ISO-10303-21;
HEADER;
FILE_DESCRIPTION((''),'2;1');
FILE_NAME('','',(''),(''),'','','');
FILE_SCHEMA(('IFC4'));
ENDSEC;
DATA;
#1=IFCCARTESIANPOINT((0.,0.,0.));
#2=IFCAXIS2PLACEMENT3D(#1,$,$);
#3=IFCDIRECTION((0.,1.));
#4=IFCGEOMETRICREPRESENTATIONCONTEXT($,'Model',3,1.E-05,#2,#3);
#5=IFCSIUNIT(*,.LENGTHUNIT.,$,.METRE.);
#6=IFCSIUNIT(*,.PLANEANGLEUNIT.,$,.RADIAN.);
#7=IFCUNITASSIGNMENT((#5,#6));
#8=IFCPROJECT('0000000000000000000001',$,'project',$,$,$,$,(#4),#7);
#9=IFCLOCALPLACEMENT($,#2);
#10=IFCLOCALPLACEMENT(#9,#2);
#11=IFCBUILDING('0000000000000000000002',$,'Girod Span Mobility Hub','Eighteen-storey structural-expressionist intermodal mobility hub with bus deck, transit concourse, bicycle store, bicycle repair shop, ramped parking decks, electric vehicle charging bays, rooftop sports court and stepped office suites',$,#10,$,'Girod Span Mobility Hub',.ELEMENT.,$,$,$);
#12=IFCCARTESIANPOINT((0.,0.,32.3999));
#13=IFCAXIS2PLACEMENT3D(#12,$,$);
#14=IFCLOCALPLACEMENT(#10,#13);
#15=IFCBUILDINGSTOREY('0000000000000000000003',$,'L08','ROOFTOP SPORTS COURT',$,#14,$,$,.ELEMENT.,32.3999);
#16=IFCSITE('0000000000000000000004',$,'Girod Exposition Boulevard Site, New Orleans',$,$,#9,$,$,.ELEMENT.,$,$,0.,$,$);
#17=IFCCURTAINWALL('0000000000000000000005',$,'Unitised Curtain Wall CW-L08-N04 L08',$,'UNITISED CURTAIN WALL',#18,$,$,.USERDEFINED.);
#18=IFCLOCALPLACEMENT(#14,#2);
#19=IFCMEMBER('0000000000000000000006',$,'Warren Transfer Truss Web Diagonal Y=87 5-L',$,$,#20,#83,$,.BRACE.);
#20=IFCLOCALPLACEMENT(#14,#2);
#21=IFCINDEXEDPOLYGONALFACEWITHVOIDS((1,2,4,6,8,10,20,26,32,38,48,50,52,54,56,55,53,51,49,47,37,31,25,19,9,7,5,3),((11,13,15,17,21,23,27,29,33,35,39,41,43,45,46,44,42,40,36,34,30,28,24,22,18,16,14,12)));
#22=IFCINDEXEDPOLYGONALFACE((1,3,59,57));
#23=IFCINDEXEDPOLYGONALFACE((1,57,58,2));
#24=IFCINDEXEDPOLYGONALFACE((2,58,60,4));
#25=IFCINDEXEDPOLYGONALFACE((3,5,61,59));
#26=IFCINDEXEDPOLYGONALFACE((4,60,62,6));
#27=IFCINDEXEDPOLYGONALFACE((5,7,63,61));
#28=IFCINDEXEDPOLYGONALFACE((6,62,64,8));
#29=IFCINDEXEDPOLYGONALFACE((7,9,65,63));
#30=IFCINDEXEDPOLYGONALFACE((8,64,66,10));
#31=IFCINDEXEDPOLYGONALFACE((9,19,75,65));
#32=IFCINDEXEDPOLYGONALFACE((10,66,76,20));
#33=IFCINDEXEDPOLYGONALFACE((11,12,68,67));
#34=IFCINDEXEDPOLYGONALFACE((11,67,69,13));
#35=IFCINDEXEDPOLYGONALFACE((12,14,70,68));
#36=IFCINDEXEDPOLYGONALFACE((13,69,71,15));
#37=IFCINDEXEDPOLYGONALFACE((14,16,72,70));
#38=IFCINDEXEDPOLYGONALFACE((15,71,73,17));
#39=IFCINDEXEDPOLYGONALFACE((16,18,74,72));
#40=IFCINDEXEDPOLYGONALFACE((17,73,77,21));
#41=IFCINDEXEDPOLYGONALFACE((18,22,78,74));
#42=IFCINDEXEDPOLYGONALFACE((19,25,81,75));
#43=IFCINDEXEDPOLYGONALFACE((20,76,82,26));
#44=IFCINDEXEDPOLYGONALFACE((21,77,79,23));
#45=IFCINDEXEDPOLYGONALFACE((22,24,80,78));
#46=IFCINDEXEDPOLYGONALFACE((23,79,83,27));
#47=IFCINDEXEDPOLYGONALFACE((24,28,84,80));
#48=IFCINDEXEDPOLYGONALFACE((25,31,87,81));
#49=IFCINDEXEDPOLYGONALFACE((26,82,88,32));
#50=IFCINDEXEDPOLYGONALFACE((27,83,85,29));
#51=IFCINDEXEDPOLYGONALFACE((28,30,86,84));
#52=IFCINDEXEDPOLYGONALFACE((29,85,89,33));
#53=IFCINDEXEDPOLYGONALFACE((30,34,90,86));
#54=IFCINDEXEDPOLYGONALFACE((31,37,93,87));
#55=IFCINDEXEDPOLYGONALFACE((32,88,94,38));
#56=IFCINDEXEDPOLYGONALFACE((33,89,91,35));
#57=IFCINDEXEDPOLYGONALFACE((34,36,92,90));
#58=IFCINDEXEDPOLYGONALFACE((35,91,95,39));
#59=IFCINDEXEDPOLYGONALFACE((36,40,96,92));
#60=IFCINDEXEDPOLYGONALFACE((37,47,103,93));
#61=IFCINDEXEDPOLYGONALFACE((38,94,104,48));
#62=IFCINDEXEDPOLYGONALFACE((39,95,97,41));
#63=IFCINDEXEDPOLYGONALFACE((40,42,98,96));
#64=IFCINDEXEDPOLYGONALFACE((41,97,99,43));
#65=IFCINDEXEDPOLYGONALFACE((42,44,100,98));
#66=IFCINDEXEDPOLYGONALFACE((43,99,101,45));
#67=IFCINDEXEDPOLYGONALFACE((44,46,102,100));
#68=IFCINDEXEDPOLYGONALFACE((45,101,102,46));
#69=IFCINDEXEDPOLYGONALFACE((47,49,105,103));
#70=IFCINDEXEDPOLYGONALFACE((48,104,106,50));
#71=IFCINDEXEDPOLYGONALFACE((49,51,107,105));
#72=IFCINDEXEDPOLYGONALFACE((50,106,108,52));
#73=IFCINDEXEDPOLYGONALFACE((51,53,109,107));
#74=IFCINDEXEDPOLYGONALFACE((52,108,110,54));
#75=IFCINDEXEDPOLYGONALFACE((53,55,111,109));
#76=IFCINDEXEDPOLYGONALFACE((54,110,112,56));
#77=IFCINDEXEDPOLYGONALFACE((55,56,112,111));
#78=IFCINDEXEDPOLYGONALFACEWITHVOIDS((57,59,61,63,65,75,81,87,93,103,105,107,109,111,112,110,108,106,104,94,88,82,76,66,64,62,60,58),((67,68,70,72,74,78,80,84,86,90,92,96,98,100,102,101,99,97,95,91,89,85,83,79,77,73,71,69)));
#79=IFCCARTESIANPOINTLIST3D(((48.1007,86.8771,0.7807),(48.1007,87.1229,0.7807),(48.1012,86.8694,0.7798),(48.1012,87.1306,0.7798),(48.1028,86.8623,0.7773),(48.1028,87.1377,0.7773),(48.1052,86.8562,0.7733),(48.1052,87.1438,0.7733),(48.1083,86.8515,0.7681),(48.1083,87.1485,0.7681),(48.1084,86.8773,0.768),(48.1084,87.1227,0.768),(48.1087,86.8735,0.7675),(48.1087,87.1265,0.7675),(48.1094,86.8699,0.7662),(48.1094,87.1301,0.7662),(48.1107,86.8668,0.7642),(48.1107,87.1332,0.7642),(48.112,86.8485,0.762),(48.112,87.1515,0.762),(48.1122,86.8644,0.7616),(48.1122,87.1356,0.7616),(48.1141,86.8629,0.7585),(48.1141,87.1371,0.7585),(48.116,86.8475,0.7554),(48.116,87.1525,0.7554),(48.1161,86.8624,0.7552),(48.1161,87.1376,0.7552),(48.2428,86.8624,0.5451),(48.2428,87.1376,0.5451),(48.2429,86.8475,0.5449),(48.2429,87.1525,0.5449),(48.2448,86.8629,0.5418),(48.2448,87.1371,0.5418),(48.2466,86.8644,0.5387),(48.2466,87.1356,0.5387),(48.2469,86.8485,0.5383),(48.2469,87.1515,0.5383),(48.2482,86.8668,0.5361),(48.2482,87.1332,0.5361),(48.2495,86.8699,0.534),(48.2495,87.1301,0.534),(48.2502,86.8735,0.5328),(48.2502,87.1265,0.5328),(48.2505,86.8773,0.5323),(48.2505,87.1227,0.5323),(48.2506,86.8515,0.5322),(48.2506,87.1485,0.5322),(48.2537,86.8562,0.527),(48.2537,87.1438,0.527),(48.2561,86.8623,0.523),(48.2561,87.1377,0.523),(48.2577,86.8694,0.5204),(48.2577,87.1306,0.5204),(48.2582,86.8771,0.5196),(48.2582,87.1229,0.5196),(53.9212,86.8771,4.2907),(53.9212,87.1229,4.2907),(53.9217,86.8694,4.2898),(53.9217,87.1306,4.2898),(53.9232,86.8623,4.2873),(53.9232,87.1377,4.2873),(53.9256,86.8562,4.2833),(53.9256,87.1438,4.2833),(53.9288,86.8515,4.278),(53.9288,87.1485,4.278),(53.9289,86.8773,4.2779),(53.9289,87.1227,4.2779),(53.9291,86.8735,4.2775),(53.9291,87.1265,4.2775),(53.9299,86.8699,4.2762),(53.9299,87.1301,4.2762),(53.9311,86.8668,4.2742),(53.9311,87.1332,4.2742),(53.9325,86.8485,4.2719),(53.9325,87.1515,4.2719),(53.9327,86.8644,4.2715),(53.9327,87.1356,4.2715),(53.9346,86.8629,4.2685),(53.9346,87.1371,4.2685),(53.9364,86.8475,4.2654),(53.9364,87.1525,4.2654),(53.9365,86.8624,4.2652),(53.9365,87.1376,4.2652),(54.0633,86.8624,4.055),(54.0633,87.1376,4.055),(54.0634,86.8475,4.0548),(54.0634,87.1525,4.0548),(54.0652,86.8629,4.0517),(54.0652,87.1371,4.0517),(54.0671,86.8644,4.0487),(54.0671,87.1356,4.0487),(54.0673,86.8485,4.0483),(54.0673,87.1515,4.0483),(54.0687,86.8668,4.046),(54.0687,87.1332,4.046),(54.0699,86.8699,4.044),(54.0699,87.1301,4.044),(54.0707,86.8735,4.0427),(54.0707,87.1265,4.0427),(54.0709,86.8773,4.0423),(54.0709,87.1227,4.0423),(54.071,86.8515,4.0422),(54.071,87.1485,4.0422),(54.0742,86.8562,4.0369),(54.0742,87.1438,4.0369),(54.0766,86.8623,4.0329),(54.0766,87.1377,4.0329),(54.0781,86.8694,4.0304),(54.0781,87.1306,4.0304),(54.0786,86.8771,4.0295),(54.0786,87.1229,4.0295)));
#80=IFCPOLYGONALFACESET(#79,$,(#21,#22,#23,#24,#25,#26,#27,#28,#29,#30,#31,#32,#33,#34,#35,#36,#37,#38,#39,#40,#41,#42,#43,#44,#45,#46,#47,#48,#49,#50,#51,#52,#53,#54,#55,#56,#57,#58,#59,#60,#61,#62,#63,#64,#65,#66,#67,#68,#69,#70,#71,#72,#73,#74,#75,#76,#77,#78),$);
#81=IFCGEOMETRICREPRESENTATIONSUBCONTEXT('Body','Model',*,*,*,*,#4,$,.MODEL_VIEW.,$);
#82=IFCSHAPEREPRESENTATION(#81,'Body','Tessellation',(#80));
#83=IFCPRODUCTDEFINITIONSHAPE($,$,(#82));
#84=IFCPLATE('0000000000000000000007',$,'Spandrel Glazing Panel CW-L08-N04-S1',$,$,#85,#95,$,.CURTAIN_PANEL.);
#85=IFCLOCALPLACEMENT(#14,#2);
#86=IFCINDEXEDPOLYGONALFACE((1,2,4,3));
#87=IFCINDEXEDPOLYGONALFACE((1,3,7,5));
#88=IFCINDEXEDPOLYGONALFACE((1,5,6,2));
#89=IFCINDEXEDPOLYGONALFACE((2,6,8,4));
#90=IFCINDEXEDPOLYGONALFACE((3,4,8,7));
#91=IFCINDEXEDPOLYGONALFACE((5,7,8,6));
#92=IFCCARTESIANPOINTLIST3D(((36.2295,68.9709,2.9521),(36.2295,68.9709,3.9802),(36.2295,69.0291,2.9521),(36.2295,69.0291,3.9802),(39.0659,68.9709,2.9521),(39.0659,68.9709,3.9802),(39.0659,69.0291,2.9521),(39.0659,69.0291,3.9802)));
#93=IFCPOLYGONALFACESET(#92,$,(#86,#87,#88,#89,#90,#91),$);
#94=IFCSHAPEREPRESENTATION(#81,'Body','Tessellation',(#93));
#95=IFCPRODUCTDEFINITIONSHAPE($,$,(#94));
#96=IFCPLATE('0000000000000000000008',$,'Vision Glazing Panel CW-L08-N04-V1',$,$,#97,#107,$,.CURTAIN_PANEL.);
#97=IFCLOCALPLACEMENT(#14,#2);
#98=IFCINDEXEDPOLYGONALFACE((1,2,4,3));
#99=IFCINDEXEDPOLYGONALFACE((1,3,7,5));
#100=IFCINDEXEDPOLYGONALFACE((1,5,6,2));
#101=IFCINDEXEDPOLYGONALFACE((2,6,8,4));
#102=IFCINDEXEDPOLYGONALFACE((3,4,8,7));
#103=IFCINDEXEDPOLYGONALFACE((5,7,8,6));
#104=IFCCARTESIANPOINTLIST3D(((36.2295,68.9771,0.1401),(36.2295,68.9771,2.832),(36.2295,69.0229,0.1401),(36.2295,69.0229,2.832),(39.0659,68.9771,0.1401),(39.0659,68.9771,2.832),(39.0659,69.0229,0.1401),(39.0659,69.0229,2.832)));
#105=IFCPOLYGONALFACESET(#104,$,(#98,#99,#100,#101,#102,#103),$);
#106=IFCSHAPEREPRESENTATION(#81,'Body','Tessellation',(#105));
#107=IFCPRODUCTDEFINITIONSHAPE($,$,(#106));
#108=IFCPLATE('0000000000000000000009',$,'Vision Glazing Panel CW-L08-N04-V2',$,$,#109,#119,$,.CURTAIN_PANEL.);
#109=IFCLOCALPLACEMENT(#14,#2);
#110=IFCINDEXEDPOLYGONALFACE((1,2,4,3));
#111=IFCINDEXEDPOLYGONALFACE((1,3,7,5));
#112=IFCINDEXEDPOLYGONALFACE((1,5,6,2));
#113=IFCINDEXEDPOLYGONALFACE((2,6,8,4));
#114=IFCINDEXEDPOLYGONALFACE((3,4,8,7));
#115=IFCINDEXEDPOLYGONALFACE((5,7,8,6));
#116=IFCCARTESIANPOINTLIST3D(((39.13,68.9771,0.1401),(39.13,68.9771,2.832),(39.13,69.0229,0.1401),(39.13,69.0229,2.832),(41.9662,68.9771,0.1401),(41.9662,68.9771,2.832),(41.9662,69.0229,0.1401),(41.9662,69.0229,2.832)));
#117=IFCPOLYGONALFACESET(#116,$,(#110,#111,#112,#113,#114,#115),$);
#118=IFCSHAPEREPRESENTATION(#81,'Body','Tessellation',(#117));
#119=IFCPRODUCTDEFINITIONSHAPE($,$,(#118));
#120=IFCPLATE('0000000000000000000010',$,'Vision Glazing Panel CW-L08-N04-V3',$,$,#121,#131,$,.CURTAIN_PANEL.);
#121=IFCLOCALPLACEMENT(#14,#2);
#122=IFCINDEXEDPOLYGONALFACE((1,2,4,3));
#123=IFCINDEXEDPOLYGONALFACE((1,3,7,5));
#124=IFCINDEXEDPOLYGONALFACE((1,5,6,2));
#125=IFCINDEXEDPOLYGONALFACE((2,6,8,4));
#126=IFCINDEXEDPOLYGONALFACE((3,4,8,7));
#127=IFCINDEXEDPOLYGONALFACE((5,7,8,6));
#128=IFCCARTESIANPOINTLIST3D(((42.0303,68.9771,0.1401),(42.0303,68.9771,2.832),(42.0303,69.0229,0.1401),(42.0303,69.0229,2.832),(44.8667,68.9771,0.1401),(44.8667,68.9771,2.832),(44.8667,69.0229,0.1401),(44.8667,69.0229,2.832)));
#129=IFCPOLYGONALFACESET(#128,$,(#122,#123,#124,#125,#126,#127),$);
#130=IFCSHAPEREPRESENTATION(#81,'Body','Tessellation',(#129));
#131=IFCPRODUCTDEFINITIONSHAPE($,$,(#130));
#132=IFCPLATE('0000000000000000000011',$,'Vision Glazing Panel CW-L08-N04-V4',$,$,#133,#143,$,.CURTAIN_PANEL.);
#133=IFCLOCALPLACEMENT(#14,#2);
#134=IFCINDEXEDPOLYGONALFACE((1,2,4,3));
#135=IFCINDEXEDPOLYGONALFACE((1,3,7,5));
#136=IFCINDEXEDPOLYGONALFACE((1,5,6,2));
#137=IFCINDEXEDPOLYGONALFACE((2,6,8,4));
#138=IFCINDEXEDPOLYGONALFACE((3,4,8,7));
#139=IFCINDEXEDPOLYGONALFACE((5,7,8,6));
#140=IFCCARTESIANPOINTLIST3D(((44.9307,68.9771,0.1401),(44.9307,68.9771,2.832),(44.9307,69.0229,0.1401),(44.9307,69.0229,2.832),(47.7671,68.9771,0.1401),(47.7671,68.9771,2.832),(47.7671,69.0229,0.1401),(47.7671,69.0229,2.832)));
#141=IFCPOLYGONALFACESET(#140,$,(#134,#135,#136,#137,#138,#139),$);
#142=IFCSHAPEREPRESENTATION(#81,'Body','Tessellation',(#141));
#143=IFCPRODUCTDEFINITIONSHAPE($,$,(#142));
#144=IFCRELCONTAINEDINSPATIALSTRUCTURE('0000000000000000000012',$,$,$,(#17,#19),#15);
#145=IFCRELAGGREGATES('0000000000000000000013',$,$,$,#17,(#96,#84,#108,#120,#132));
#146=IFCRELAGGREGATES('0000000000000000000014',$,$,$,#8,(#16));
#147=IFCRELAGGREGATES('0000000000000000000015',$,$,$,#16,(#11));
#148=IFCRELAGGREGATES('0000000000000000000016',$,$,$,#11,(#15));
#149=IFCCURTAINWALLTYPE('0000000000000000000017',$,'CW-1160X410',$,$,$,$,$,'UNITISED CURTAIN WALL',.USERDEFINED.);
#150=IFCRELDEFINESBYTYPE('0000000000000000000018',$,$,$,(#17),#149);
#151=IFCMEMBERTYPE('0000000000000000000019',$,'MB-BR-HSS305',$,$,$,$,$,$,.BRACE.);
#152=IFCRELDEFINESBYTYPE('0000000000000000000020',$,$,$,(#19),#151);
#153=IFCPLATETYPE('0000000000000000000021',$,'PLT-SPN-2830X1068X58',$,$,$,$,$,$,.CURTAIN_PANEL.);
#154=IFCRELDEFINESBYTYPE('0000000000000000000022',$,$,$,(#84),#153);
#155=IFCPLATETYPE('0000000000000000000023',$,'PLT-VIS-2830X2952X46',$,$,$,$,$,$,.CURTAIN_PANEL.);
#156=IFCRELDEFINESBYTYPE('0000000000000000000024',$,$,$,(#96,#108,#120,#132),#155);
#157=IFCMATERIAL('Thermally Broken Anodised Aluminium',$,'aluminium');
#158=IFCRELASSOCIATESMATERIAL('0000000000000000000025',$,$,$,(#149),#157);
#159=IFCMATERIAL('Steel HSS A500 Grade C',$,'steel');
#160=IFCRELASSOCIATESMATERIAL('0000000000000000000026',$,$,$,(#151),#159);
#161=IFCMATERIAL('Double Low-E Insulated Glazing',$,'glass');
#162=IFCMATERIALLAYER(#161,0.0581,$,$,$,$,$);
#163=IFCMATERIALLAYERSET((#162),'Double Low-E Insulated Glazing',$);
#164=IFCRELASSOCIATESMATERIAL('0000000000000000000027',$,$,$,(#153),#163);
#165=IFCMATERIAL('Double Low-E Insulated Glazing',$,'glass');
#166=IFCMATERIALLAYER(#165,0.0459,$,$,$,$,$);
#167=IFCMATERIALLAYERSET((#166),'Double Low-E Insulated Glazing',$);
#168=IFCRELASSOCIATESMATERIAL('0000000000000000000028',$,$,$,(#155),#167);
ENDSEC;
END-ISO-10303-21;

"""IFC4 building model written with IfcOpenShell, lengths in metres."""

from ifc_helpers import new_model, si_unit, direction, frame, origin, origin_2d, place, context, subcontext, project, spatial, rectangle, hollow_rectangle, extrude, material, layer, layer_set, material_profile, profile_set, type_object, element, aggregate, save


model = new_model("IFC4")

# Units and contexts
model_context = context("Model", 3, precision=1e-05, world=origin(), true_north=direction((0.0, 1.0)))
body_context = subcontext(model_context, "Body", "Model", "MODEL_VIEW")
ifc_project = project(units=[si_unit("LENGTHUNIT", "METRE"), si_unit("PLANEANGLEUNIT", "RADIAN")], contexts=[model_context])

# Site, building, storey
site_placement = place(None, origin())
site = spatial("IfcSite", under=ifc_project, at=site_placement, Name="Girod Exposition Boulevard Site, New Orleans", CompositionType="ELEMENT", RefElevation=0.0)
building_placement = place(site_placement, origin())
building = spatial("IfcBuilding", under=site, at=building_placement, Name="Girod Span Mobility Hub", Description="Eighteen-storey structural-expressionist intermodal mobility hub with bus deck, transit concourse, bicycle store, bicycle repair shop, ramped parking decks, electric vehicle charging bays, rooftop sports court and stepped office suites", LongName="Girod Span Mobility Hub", CompositionType="ELEMENT")
storey_placement = place(building_placement, frame((0.0, 0.0, 32.3999)))
storey = spatial("IfcBuildingStorey", under=building, at=storey_placement, Name="L08", Description="ROOFTOP SPORTS COURT", CompositionType="ELEMENT", Elevation=32.3999)

# Curtain wall
ifc_material_1 = material(Name="Thermally Broken Anodised Aluminium", Category="aluminium")
curtain_wall_type = type_object("IfcCurtainWallType", Name="CW-1160X410", ElementType="UNITISED CURTAIN WALL", PredefinedType="USERDEFINED", material=ifc_material_1)
curtain_wall_placement = place(storey_placement, origin())
curtain_wall = element("IfcCurtainWall", 1, at=curtain_wall_placement, inside=storey, type_object=curtain_wall_type, Name="Unitised Curtain Wall CW-L08-N04 L08", ObjectType="UNITISED CURTAIN WALL", PredefinedType="USERDEFINED")

# Member
ifc_material_2 = material(Name="Steel HSS A500 Grade C", Category="steel")
ifc_material_profile_1 = material_profile(ifc_material_2, hollow_rectangle(XDim=0.3049, YDim=0.3049, WallThickness=0.0149, InnerFilletRadius=0.0149, OuterFilletRadius=0.0295, at=origin_2d()), Name="HSS305X305X16")
ifc_profile_set_1 = profile_set([ifc_material_profile_1], Name="Steel HSS A500 Grade C")
member_type_1 = type_object("IfcMemberType", Name="MB-BR-HSS305", PredefinedType="BRACE", material=ifc_profile_set_1)
for number, where, z_axis, x_axis, name in (
    (2, (48.1794, 87.0, 0.6501), (0.856344, 0.0, 0.516407), (0.0, 1.0, 0.0), "Warren Transfer Truss Web Diagonal Y=87 5-L"),
):
    element("IfcMember", number, at=place(storey_placement, frame(where, z_axis=z_axis, x_axis=x_axis)), inside=storey, type_object=member_type_1, Name=name, PredefinedType="BRACE", context=body_context, shape_type="SweptSolid", body=[
        extrude(hollow_rectangle(XDim=0.3049, YDim=0.3049, WallThickness=0.0149, InnerFilletRadius=0.0149, OuterFilletRadius=0.0295, at=origin_2d()), origin(), (0.0, 0.0, 1.0), 6.7969),
    ])

# Plates
ifc_material_3 = material(Name="Double Low-E Insulated Glazing", Category="glass")
ifc_layer_1 = layer(ifc_material_3, 0.0581)
ifc_layer_set_1 = layer_set([ifc_layer_1], Name="Double Low-E Insulated Glazing")
plate_type_1 = type_object("IfcPlateType", Name="PLT-SPN-2830X1068X58", PredefinedType="CURTAIN_PANEL", material=ifc_layer_set_1)
plate_1_placement = place(storey_placement, frame((37.6477, 69.0, 2.9521), z_axis=(0.0, 0.0, 1.0), x_axis=(1.0, 0.0, 0.0)))
plate_1 = element("IfcPlate", 3, at=plate_1_placement, type_object=plate_type_1, Name="Spandrel Glazing Panel CW-L08-N04-S1", PredefinedType="CURTAIN_PANEL", context=body_context, shape_type="SweptSolid", body=[
    extrude(rectangle(XDim=2.8364, YDim=0.0581, at=origin_2d()), origin(), (0.0, 0.0, 1.0), 1.0281),
])
ifc_material_4 = material(Name="Double Low-E Insulated Glazing", Category="glass")
ifc_layer_2 = layer(ifc_material_4, 0.0459)
ifc_layer_set_2 = layer_set([ifc_layer_2], Name="Double Low-E Insulated Glazing")
plate_type_2 = type_object("IfcPlateType", Name="PLT-VIS-2830X2952X46", PredefinedType="CURTAIN_PANEL", material=ifc_layer_set_2)
plate_2_placement = place(storey_placement, frame((37.6477, 69.0, 0.1401), z_axis=(0.0, 0.0, 1.0), x_axis=(1.0, 0.0, 0.0)))
plate_2 = element("IfcPlate", 4, at=plate_2_placement, type_object=plate_type_2, Name="Vision Glazing Panel CW-L08-N04-V1", PredefinedType="CURTAIN_PANEL", context=body_context, shape_type="SweptSolid", body=[
    extrude(rectangle(XDim=2.8364, YDim=0.0459, at=origin_2d()), origin(), (0.0, 0.0, 1.0), 2.6919),
])
plate_3_placement = place(storey_placement, frame((40.5481, 69.0, 0.1401), z_axis=(0.0, 0.0, 1.0), x_axis=(1.0, 0.0, 0.0)))
plate_3 = element("IfcPlate", 5, at=plate_3_placement, type_object=plate_type_2, Name="Vision Glazing Panel CW-L08-N04-V2", PredefinedType="CURTAIN_PANEL", context=body_context, shape_type="SweptSolid", body=[
    extrude(rectangle(XDim=2.8362, YDim=0.0459, at=origin_2d()), origin(), (0.0, 0.0, 1.0), 2.6919),
])
plate_4_placement = place(storey_placement, frame((43.4485, 69.0, 0.1401), z_axis=(0.0, 0.0, 1.0), x_axis=(1.0, 0.0, 0.0)))
plate_4 = element("IfcPlate", 6, at=plate_4_placement, type_object=plate_type_2, Name="Vision Glazing Panel CW-L08-N04-V3", PredefinedType="CURTAIN_PANEL", context=body_context, shape_type="SweptSolid", body=[
    extrude(rectangle(XDim=2.8364, YDim=0.0459, at=origin_2d()), origin(), (0.0, 0.0, 1.0), 2.6919),
])
plate_5_placement = place(storey_placement, frame((46.3489, 69.0, 0.1401), z_axis=(0.0, 0.0, 1.0), x_axis=(1.0, 0.0, 0.0)))
plate_5 = element("IfcPlate", 7, at=plate_5_placement, type_object=plate_type_2, Name="Vision Glazing Panel CW-L08-N04-V4", PredefinedType="CURTAIN_PANEL", context=body_context, shape_type="SweptSolid", body=[
    extrude(rectangle(XDim=2.8364, YDim=0.0459, at=origin_2d()), origin(), (0.0, 0.0, 1.0), 2.6919),
])
aggregate(curtain_wall, [plate_2, plate_1, plate_3, plate_4, plate_5])

save(model, "model.ifc")
